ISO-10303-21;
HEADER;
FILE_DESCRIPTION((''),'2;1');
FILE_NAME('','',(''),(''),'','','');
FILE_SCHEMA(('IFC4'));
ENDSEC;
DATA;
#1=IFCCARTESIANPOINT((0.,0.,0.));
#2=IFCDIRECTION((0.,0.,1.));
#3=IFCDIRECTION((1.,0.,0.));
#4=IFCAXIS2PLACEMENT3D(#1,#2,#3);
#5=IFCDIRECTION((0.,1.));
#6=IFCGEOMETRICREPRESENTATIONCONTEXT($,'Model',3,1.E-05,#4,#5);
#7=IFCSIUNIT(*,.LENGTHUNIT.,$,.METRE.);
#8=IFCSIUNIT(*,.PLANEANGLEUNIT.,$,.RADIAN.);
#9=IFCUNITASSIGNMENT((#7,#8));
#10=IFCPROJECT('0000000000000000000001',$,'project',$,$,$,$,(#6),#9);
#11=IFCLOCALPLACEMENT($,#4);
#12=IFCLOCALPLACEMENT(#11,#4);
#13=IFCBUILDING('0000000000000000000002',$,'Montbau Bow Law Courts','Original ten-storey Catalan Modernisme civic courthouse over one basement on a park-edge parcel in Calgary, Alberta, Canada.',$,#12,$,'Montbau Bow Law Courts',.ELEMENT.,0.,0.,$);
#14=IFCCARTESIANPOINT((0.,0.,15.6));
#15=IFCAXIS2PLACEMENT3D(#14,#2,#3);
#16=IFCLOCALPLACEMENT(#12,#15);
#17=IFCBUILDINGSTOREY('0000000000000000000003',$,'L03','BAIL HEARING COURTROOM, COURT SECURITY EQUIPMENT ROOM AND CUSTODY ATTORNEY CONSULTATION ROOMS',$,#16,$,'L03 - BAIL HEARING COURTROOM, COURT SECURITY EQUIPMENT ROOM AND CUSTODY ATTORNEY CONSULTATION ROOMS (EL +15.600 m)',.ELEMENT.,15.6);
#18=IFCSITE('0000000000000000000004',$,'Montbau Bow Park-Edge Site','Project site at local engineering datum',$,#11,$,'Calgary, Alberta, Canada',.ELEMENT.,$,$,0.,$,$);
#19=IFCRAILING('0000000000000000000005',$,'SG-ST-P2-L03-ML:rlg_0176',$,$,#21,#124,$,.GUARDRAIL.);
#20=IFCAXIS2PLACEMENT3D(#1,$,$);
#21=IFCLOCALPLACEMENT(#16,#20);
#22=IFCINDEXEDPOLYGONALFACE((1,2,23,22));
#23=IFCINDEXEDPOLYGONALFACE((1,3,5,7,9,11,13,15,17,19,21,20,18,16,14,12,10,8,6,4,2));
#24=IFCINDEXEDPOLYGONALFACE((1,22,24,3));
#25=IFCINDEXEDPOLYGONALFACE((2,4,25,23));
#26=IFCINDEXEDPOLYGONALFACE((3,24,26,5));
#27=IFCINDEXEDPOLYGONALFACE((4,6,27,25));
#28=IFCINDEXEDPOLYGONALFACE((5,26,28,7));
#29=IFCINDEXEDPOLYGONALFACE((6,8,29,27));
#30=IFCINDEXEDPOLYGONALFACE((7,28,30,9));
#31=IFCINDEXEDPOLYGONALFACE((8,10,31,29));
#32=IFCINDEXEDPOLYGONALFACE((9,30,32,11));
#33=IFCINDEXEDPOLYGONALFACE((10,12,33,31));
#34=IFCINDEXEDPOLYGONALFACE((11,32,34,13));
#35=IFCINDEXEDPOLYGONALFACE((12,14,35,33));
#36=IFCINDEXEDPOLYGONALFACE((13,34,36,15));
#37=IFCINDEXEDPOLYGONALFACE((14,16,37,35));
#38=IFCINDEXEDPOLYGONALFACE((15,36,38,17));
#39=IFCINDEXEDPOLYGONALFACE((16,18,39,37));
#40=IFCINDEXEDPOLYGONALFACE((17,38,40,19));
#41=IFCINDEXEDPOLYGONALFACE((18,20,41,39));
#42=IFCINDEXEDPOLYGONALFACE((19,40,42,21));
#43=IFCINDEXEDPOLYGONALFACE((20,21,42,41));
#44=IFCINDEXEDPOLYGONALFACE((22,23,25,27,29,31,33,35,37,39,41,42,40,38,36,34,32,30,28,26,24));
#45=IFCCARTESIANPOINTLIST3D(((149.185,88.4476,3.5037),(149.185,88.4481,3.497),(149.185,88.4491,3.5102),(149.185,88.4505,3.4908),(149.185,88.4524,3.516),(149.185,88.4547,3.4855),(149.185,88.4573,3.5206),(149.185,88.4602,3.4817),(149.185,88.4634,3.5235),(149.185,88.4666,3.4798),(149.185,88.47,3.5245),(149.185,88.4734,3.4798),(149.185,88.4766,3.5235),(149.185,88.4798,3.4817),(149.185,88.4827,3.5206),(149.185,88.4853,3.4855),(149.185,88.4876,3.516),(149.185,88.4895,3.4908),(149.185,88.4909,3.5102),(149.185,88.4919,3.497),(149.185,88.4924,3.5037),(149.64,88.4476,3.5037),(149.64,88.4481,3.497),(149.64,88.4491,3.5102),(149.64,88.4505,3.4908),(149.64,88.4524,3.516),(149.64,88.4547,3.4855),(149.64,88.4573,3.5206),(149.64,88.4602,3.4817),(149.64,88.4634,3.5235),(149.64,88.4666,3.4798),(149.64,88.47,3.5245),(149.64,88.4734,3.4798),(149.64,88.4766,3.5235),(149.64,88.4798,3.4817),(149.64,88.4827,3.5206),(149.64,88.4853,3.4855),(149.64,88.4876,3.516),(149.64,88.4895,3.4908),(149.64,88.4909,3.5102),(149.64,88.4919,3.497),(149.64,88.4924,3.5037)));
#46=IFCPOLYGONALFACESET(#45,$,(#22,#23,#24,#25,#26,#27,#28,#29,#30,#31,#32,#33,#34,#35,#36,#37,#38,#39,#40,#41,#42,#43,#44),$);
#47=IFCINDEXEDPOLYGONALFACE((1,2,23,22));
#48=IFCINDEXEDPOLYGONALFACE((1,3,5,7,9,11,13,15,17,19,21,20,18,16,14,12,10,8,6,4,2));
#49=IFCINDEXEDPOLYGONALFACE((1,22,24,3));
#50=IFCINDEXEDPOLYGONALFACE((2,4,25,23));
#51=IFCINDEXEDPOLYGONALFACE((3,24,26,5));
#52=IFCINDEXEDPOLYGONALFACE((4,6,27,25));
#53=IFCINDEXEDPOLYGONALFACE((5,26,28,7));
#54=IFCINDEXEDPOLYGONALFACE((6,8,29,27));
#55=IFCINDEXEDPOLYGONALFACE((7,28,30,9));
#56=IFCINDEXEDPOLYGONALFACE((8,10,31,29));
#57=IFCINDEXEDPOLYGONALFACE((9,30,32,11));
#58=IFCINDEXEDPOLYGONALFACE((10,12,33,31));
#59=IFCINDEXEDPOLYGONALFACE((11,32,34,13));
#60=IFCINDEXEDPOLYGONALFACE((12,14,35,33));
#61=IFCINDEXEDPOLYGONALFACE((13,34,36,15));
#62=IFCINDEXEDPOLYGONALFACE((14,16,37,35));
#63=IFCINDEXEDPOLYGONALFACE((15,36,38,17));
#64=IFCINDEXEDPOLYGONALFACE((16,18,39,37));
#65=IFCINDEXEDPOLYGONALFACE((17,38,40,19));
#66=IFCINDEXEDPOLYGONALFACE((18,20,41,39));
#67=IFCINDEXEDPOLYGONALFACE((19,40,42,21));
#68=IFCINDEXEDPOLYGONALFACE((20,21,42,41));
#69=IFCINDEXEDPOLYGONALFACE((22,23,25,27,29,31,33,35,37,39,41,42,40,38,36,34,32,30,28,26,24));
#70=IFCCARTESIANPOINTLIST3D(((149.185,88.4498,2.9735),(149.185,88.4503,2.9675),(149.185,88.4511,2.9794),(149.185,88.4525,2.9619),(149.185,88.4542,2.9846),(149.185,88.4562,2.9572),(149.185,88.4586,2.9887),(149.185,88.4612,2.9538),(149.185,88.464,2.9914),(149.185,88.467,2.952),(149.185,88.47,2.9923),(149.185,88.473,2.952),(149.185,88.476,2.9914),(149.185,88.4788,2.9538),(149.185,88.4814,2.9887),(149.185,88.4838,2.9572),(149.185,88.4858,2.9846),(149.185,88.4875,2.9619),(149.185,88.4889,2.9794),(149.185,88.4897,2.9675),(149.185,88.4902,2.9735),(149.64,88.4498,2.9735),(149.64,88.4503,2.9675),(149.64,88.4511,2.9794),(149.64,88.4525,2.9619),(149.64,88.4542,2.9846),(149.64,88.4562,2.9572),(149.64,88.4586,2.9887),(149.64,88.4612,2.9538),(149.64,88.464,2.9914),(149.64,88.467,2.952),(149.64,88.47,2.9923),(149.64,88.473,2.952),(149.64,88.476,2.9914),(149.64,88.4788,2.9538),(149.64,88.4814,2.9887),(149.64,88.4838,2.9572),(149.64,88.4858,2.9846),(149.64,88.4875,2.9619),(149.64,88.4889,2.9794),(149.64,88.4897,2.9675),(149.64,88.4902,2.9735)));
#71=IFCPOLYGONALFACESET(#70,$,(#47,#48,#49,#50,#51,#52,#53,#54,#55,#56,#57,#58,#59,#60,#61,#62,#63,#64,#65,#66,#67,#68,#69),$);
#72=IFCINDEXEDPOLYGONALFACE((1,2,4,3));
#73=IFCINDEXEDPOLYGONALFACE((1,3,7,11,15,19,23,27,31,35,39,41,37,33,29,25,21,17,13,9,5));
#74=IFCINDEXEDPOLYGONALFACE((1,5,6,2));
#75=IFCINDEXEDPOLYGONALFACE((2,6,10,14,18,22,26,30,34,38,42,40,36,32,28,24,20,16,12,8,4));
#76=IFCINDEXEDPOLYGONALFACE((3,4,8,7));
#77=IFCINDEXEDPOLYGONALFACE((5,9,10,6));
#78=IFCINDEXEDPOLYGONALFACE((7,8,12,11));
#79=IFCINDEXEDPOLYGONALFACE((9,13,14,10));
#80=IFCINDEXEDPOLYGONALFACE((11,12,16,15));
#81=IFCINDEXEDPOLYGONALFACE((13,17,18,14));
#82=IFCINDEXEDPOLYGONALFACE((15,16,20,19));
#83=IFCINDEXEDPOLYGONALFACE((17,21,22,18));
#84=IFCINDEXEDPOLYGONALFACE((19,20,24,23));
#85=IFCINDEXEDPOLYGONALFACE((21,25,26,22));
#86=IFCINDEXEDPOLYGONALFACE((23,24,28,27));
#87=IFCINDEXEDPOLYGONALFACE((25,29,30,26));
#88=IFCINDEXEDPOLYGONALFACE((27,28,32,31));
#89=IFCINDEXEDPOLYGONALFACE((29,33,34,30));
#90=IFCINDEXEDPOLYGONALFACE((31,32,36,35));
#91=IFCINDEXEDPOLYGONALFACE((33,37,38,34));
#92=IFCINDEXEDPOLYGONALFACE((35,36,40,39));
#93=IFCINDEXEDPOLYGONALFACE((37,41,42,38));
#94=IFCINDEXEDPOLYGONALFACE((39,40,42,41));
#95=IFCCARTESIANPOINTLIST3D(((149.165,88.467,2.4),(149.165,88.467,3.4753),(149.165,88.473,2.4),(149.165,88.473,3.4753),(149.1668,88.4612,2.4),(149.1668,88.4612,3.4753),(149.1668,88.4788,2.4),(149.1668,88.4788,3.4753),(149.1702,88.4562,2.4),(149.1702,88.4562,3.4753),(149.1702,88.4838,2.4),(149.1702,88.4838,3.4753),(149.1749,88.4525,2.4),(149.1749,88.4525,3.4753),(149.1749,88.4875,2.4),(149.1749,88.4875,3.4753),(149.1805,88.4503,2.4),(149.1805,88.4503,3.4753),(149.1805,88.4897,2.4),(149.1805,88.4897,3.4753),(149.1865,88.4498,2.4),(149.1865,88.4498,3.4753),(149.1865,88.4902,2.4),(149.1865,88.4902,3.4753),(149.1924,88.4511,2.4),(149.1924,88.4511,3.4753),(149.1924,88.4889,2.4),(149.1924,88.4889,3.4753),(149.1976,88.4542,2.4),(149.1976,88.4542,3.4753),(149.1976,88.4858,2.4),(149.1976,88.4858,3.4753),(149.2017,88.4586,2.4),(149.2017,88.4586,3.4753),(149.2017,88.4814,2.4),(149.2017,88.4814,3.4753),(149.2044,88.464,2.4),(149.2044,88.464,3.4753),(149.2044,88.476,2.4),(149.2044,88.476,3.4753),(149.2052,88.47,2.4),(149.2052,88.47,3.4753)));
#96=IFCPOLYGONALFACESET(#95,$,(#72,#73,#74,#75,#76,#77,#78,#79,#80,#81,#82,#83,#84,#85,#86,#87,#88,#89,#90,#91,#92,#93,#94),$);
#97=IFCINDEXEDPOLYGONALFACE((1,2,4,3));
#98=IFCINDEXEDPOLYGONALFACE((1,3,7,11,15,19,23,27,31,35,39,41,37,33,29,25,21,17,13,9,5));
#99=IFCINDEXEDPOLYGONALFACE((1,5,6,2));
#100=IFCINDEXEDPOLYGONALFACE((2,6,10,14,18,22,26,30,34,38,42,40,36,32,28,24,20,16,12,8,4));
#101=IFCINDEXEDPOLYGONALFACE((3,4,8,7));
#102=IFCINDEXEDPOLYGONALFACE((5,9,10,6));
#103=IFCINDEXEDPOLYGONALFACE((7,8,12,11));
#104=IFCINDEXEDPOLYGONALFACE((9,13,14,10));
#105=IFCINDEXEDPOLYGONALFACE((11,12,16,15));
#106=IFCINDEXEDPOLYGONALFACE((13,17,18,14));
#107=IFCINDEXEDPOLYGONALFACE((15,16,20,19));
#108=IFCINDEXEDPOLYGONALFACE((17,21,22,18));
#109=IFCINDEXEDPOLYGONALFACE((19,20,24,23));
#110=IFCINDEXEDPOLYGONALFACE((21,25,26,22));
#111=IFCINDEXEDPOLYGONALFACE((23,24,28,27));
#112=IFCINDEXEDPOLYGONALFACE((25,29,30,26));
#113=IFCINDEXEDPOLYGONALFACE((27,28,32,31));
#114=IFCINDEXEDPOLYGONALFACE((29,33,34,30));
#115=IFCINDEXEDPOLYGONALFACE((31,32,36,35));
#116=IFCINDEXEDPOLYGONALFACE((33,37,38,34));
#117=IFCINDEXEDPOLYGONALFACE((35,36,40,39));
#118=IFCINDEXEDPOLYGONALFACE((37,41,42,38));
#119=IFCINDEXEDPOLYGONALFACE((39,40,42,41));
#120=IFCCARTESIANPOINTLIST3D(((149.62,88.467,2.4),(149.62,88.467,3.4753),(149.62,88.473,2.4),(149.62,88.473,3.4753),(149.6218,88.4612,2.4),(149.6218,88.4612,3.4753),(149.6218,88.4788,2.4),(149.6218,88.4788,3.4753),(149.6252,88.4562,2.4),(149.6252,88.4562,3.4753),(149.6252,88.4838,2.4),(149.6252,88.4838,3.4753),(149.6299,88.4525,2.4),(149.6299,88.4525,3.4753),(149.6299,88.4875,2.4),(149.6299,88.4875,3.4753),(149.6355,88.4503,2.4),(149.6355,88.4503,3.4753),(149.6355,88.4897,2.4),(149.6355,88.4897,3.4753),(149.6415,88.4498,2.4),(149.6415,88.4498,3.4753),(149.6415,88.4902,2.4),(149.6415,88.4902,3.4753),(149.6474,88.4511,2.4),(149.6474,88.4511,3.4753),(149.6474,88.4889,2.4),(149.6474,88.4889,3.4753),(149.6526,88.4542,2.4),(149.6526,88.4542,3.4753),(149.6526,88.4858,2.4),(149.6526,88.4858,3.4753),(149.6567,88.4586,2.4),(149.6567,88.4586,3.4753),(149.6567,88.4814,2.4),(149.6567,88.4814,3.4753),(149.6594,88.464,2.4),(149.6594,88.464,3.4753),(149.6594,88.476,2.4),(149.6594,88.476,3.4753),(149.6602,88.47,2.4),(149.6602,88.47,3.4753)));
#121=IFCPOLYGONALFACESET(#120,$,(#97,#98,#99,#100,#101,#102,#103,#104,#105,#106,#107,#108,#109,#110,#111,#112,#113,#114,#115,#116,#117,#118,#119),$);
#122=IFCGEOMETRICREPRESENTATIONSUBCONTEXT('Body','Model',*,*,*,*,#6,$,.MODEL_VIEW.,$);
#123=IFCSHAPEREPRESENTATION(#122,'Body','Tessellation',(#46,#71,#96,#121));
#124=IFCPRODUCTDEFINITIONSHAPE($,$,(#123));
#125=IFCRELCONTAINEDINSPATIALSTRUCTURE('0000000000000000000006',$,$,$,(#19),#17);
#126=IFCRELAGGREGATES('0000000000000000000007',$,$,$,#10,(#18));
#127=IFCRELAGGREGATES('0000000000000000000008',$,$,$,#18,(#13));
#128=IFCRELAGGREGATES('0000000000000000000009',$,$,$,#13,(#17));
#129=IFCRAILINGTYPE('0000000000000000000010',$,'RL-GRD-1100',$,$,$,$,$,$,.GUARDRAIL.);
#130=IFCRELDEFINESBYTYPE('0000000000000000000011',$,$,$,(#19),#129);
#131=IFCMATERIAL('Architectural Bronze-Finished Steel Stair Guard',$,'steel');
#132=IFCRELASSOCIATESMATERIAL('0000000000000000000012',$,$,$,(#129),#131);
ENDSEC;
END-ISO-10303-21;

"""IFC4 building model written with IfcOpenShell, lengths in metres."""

from ifc_helpers import new_model, si_unit, direction, frame, origin_with_axes, origin_2d_with_axis, place, context, subcontext, project, spatial, circle, extrude, material, type_object, element, save


model = new_model("IFC4")

# Units and contexts
model_context = context("Model", 3, precision=1e-05, world=origin_with_axes(), true_north=direction((0.0, 1.0)))
body_context = subcontext(model_context, "Body", "Model", "MODEL_VIEW")
ifc_project = project(units=[si_unit("LENGTHUNIT", "METRE"), si_unit("PLANEANGLEUNIT", "RADIAN")], contexts=[model_context])

# Site, building, storey
site_placement = place(None, origin_with_axes())
site = spatial("IfcSite", under=ifc_project, at=site_placement, Name="Montbau Bow Park-Edge Site", Description="Project site at local engineering datum", LongName="Calgary, Alberta, Canada", CompositionType="ELEMENT", RefElevation=0.0)
building_placement = place(site_placement, origin_with_axes())
building = spatial("IfcBuilding", under=site, at=building_placement, Name="Montbau Bow Law Courts", Description="Original ten-storey Catalan Modernisme civic courthouse over one basement on a park-edge parcel in Calgary, Alberta, Canada.", LongName="Montbau Bow Law Courts", CompositionType="ELEMENT", ElevationOfRefHeight=0.0, ElevationOfTerrain=0.0)
storey_placement = place(building_placement, frame((0.0, 0.0, 15.6), z_axis=(0.0, 0.0, 1.0), x_axis=(1.0, 0.0, 0.0)))
storey = spatial("IfcBuildingStorey", under=building, at=storey_placement, Name="L03", Description="BAIL HEARING COURTROOM, COURT SECURITY EQUIPMENT ROOM AND CUSTODY ATTORNEY CONSULTATION ROOMS", LongName="L03 - BAIL HEARING COURTROOM, COURT SECURITY EQUIPMENT ROOM AND CUSTODY ATTORNEY CONSULTATION ROOMS (EL +15.600 m)", CompositionType="ELEMENT", Elevation=15.6)

# Railing
ifc_material_1 = material(Name="Architectural Bronze-Finished Steel Stair Guard", Category="steel")
railing_type_1 = type_object("IfcRailingType", Name="RL-GRD-1100", PredefinedType="GUARDRAIL", material=ifc_material_1)
railing_1_placement = place(None, origin_with_axes())
element("IfcRailing", 1, at=railing_1_placement, inside=storey, type_object=railing_type_1, Name="SG-ST-P2-L03-ML:rlg_0176", PredefinedType="GUARDRAIL", context=body_context, shape_type="SweptSolid", body=[
    extrude(circle(Radius=0.0225, at=origin_2d_with_axis()), frame((149.185, 88.47, 19.102), z_axis=(1.0, 0.0, 0.0), x_axis=(0.0, 0.0, 1.0)), (0.0, 0.0, 1.0), 0.455),
    extrude(circle(Radius=0.0203, at=origin_2d_with_axis()), frame((149.185, 88.47, 18.572), z_axis=(1.0, 0.0, 0.0), x_axis=(0.0, 0.0, 1.0)), (0.0, 0.0, 1.0), 0.455),
    extrude(circle(Radius=0.0203, at=origin_2d_with_axis()), frame((149.185, 88.47, 18.0), z_axis=(0.0, 0.0, 1.0), x_axis=(1.0, 0.0, 0.0)), (0.0, 0.0, 1.0), 1.0753),
    extrude(circle(Radius=0.0203, at=origin_2d_with_axis()), frame((149.64, 88.47, 18.0), z_axis=(0.0, 0.0, 1.0), x_axis=(1.0, 0.0, 0.0)), (0.0, 0.0, 1.0), 1.0753),
])

save(model, "model.ifc")
